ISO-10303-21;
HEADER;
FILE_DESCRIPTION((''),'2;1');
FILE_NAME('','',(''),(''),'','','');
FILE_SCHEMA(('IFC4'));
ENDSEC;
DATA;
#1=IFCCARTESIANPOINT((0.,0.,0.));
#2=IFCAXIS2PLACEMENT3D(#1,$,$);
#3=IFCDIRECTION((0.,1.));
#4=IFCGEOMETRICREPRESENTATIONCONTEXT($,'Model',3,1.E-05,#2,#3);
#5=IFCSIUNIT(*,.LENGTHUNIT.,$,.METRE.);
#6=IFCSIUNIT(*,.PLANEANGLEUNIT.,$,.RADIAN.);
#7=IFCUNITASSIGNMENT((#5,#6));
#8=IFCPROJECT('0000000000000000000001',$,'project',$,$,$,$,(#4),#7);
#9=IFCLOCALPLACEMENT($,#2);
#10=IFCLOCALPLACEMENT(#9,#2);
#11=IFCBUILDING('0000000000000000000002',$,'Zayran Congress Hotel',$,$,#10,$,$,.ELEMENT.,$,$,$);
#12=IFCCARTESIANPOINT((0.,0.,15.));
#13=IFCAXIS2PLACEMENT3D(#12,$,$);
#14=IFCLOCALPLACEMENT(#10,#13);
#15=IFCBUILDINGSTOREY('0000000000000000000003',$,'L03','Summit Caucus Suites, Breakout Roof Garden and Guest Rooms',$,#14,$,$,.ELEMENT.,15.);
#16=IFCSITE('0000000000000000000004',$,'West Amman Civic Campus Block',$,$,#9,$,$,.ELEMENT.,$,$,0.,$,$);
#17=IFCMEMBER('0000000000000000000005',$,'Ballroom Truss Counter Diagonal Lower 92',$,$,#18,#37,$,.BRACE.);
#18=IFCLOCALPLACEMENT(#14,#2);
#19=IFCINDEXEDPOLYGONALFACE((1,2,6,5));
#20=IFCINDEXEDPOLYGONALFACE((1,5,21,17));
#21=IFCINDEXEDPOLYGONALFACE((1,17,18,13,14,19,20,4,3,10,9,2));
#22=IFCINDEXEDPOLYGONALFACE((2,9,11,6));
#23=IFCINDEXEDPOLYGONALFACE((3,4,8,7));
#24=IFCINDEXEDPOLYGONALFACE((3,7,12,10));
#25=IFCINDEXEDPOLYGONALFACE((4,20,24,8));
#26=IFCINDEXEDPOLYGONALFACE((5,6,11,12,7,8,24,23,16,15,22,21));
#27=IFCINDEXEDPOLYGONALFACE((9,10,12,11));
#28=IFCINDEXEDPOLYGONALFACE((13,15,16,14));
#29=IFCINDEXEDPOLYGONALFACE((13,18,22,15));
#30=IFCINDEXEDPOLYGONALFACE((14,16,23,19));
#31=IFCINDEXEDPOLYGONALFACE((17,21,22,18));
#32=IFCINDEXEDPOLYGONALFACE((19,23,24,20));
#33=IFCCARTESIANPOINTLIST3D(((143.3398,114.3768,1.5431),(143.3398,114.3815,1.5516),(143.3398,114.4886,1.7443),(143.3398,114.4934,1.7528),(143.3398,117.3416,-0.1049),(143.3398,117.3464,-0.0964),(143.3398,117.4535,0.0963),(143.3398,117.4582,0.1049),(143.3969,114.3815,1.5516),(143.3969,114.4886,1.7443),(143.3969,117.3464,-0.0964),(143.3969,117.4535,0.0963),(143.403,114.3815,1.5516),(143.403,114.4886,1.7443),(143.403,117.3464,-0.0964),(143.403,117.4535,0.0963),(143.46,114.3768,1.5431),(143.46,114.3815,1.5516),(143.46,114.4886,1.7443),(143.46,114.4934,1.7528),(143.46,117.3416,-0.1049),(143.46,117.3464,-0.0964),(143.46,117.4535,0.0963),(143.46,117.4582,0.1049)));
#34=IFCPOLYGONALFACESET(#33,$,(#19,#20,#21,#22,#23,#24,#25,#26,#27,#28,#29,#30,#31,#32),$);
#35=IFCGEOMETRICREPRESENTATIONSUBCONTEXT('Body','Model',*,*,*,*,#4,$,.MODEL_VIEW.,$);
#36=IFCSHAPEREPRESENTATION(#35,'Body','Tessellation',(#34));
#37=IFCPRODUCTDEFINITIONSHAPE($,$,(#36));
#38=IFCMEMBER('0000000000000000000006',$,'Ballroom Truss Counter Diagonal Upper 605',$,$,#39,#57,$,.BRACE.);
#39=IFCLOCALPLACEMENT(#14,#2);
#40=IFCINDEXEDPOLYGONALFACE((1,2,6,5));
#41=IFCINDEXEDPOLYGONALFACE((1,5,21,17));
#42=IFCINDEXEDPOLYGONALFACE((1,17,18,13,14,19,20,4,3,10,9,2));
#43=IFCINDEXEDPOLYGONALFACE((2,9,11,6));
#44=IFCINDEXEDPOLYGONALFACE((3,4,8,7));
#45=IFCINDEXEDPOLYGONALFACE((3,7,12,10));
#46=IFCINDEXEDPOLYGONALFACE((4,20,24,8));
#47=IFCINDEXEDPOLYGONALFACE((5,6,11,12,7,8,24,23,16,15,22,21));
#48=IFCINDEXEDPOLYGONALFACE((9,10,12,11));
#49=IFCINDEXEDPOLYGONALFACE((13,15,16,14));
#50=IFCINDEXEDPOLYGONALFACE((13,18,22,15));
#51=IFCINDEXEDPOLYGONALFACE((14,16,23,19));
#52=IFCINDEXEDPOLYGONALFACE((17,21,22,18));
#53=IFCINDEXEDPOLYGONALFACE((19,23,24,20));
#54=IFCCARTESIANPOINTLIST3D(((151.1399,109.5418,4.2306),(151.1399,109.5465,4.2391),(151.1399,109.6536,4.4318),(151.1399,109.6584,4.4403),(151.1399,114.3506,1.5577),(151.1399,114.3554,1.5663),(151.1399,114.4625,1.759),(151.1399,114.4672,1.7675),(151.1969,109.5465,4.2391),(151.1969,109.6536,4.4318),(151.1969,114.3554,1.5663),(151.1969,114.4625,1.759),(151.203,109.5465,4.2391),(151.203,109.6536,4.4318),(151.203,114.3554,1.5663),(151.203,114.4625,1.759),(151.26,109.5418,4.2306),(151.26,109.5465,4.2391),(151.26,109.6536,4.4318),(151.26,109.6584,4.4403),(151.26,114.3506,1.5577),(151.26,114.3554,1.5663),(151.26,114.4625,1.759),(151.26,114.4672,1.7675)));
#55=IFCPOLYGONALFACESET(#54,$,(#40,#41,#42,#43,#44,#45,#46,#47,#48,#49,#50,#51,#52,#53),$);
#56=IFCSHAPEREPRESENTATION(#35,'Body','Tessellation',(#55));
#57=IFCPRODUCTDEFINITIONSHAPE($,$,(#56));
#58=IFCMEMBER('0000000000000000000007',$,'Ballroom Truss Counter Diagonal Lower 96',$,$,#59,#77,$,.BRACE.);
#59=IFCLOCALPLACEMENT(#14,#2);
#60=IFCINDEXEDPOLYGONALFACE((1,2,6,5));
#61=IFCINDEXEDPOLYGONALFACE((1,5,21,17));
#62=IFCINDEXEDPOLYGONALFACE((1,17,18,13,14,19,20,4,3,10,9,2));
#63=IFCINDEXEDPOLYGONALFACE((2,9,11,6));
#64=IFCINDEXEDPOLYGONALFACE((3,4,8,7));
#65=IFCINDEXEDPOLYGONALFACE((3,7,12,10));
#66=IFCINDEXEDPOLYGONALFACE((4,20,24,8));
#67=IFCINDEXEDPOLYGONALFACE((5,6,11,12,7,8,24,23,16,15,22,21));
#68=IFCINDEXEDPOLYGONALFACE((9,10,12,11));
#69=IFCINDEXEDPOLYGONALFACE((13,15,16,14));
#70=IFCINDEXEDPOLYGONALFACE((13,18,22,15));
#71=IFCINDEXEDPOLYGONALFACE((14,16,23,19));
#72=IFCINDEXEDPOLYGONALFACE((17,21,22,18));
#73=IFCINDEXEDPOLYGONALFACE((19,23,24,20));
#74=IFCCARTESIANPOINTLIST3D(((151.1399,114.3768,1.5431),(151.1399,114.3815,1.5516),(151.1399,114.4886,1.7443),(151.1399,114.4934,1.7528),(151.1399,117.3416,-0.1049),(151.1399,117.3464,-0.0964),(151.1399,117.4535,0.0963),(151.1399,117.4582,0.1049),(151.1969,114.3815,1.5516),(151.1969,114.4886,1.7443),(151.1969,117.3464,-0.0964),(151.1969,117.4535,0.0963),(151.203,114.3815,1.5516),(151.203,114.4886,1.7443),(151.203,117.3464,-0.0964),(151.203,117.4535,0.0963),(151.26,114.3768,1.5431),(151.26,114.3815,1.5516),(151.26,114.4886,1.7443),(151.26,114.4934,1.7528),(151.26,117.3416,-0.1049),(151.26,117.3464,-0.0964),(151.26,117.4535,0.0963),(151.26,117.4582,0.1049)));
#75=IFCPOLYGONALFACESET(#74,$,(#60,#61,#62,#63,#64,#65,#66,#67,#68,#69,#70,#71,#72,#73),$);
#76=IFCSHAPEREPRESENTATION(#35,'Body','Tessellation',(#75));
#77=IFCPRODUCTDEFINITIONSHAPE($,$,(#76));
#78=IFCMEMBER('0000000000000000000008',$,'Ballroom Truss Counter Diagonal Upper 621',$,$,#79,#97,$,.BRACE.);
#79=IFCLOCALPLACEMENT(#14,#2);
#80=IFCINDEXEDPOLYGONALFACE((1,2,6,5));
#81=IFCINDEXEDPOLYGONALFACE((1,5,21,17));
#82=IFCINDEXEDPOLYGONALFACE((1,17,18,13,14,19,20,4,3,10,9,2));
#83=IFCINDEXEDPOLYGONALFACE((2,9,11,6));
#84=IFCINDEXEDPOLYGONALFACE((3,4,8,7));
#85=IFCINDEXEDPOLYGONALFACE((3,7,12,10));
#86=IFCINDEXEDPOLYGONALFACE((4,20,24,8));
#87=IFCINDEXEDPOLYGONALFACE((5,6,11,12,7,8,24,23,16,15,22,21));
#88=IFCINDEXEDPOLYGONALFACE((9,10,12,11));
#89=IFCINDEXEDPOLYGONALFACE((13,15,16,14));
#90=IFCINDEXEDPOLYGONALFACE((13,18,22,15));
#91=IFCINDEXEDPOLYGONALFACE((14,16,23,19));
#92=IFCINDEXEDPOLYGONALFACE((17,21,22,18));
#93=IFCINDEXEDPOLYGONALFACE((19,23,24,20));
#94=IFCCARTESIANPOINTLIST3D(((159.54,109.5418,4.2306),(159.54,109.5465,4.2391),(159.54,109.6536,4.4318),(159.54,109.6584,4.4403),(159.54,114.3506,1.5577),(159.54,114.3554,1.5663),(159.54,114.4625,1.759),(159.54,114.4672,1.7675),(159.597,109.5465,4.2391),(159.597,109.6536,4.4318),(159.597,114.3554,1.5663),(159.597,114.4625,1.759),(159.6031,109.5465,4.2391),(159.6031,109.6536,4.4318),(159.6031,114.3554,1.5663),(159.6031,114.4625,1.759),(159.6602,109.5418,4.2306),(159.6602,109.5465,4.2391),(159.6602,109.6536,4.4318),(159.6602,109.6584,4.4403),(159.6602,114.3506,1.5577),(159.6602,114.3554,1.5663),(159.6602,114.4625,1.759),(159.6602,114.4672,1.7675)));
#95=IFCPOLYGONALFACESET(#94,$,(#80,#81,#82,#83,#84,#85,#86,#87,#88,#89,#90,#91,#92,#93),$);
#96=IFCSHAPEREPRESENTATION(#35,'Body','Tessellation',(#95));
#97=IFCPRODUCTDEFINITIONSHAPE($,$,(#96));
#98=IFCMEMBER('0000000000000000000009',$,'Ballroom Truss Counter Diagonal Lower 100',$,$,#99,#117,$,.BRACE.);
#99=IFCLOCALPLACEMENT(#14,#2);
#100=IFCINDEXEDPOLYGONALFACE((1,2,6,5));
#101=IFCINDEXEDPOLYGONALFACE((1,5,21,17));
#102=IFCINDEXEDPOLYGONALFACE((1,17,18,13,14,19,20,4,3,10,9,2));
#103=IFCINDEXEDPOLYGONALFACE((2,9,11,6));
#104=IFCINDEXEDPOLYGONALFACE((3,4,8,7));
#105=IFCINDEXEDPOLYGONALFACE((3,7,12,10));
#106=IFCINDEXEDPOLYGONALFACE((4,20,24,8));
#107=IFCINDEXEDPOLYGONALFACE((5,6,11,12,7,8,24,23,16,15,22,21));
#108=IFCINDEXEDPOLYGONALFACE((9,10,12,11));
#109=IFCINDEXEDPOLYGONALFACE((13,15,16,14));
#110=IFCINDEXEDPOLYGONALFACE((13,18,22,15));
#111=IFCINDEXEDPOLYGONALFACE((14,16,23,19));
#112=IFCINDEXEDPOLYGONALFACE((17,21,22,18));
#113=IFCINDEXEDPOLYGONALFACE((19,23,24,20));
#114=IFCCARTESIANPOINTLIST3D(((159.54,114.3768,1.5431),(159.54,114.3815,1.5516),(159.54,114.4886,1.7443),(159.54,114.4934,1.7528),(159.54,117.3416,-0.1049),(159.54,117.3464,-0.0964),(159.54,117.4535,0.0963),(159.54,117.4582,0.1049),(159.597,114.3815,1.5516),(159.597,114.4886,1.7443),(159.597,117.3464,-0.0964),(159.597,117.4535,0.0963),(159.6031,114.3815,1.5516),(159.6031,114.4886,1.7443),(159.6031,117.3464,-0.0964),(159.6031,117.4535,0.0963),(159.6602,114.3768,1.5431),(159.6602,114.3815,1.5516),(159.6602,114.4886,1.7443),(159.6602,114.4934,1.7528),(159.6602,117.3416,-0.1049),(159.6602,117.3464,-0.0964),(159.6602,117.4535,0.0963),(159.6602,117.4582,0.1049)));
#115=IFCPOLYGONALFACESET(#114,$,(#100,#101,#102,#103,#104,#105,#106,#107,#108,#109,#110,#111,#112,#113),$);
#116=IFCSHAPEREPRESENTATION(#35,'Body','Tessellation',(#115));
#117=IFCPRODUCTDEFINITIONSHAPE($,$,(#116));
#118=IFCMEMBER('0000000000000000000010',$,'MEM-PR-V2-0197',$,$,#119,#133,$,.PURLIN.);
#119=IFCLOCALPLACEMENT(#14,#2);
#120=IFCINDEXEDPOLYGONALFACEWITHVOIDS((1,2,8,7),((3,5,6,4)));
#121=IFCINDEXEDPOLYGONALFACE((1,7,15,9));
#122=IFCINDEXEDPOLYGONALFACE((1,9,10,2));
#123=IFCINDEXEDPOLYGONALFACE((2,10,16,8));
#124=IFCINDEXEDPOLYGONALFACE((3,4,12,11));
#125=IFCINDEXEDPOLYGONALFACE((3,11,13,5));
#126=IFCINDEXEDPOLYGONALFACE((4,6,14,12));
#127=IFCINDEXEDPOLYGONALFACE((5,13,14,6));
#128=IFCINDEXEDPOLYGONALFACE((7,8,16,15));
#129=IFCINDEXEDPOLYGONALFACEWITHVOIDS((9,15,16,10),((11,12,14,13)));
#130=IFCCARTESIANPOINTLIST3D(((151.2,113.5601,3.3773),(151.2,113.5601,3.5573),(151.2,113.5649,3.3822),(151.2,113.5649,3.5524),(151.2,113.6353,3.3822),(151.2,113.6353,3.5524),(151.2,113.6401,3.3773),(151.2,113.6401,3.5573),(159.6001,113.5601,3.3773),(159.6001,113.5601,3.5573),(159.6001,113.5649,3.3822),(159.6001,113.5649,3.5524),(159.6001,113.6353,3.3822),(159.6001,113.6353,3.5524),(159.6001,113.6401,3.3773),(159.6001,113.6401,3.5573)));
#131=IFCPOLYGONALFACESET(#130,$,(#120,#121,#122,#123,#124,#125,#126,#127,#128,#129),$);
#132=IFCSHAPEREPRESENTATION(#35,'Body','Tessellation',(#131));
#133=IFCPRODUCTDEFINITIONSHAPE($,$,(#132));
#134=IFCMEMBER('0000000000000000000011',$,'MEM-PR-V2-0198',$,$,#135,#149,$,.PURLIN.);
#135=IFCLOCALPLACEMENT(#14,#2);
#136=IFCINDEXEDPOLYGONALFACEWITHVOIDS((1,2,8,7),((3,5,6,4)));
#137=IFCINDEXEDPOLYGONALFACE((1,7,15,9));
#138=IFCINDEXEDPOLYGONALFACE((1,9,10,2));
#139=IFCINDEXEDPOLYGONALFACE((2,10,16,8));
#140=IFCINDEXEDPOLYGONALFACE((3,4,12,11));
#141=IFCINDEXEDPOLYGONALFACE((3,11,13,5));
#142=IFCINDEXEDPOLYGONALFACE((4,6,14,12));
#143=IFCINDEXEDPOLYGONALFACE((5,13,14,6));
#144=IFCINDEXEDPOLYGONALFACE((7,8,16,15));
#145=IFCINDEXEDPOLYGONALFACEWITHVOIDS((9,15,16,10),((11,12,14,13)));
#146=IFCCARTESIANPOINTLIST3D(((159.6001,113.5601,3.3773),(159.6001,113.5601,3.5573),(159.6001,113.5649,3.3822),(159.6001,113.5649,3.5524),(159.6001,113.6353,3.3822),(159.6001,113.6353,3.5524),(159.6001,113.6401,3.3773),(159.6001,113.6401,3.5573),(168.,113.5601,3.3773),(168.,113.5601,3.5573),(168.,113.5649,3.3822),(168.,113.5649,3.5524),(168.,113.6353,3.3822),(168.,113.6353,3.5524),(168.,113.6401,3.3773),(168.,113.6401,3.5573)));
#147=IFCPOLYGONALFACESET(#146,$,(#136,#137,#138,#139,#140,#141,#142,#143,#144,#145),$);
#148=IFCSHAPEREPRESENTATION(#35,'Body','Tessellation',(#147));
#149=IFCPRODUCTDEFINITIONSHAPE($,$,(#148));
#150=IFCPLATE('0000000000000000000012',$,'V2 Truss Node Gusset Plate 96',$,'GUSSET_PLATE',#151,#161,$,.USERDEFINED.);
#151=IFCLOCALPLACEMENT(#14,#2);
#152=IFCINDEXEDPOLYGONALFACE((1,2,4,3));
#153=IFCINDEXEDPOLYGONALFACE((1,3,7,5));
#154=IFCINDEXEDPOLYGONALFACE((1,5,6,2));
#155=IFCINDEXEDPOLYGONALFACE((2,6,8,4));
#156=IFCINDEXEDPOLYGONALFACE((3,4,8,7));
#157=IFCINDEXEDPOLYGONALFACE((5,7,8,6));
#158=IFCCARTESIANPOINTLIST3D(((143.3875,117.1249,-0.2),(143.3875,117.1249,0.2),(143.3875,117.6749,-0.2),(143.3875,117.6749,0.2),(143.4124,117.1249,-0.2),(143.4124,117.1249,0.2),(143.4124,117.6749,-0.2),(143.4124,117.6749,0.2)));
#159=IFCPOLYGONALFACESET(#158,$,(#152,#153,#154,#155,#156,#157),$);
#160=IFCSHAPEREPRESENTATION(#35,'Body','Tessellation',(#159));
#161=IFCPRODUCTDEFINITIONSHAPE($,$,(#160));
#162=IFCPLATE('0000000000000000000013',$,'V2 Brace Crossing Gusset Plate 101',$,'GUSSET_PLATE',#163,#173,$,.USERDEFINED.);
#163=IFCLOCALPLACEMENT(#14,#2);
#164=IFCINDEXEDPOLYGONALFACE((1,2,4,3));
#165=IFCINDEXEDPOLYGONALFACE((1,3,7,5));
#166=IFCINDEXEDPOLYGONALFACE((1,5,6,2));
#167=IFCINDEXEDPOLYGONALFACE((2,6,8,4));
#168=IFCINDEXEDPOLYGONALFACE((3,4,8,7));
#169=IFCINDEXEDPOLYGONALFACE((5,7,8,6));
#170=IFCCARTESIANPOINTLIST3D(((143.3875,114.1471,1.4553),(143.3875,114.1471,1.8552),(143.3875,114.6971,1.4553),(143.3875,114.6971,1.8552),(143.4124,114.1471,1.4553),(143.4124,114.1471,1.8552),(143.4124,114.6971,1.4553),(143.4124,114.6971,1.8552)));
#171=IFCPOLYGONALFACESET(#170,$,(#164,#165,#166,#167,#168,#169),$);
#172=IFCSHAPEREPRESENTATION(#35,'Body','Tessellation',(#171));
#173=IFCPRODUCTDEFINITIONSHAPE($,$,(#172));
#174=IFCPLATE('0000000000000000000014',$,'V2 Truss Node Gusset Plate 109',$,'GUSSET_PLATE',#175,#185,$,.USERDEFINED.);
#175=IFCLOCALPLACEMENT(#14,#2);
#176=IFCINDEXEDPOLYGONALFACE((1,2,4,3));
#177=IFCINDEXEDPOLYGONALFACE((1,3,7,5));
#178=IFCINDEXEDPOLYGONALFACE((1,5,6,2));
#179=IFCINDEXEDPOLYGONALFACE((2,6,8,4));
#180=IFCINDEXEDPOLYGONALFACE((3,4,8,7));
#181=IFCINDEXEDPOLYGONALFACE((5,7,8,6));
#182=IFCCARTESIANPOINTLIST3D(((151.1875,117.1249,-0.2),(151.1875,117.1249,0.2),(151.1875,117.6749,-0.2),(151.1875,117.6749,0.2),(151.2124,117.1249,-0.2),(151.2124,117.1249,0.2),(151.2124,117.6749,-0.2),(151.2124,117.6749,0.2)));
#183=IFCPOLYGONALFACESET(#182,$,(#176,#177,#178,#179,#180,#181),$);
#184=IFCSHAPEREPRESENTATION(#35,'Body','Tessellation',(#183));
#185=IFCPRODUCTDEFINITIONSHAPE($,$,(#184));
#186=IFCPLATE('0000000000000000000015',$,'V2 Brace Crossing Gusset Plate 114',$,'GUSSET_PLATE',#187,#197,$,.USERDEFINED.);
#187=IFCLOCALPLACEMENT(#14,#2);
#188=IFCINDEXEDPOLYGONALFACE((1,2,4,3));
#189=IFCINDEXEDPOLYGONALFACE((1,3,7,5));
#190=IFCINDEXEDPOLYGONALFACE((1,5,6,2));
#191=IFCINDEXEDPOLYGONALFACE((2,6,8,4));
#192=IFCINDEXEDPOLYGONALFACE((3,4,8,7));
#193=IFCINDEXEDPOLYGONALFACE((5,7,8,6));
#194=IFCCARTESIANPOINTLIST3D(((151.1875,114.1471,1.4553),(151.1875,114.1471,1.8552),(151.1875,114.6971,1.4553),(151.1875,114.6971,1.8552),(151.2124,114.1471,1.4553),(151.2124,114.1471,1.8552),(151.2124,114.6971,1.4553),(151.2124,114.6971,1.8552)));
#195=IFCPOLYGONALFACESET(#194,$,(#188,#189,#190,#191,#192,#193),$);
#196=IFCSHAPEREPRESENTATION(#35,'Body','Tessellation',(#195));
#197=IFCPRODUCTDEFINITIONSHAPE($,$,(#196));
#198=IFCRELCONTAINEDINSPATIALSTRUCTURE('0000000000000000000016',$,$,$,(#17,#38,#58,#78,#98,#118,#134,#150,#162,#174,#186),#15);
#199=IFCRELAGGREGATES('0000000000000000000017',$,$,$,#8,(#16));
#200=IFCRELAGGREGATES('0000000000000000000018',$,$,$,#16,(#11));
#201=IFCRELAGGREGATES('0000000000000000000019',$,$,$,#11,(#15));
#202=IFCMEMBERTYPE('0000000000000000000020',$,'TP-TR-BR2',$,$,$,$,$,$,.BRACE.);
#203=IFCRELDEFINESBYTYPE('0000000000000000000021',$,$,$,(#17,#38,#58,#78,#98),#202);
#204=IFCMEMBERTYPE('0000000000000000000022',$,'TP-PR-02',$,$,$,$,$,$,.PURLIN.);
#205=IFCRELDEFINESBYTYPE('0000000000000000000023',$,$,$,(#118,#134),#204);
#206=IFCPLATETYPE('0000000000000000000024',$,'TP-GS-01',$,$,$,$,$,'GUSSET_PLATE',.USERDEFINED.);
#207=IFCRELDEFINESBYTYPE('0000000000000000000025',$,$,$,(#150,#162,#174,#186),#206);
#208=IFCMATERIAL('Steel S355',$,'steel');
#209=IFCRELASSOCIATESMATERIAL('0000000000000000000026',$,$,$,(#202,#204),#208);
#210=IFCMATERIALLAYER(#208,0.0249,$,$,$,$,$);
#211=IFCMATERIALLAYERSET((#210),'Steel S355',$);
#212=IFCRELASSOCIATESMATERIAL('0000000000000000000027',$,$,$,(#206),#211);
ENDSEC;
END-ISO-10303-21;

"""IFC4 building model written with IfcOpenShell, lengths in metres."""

from ifc_helpers import new_model, si_unit, direction, frame, origin, origin_2d, place, context, subcontext, project, spatial, rectangle, hollow_rectangle, i_section, extrude, material, layer, layer_set, material_profile, profile_set, type_object, element, save


model = new_model("IFC4")

# Units and contexts
model_context = context("Model", 3, precision=1e-05, world=origin(), true_north=direction((0.0, 1.0)))
body_context = subcontext(model_context, "Body", "Model", "MODEL_VIEW")
ifc_project = project(units=[si_unit("LENGTHUNIT", "METRE"), si_unit("PLANEANGLEUNIT", "RADIAN")], contexts=[model_context])

# Site, building, storey
site_placement = place(None, origin())
site = spatial("IfcSite", under=ifc_project, at=site_placement, Name="West Amman Civic Campus Block", CompositionType="ELEMENT", RefElevation=0.0)
building_placement = place(site_placement, origin())
building = spatial("IfcBuilding", under=site, at=building_placement, Name="Zayran Congress Hotel", CompositionType="ELEMENT")
storey_placement = place(building_placement, frame((0.0, 0.0, 15.0)))
storey = spatial("IfcBuildingStorey", under=building, at=storey_placement, Name="L03", Description="Summit Caucus Suites, Breakout Roof Garden and Guest Rooms", CompositionType="ELEMENT", Elevation=15.0)

# Shared definitions
ifc_material_1 = material(Name="Steel S355", Category="steel")

# Members
ifc_material_profile_1 = material_profile(ifc_material_1, i_section(OverallWidth=0.1201, OverallDepth=0.24, WebThickness=0.0061, FlangeThickness=0.0098, at=origin_2d()), Name="IPE 240")
ifc_profile_set_1 = profile_set([ifc_material_profile_1], Name="Steel S355")
member_type_1 = type_object("IfcMemberType", Name="TP-TR-BR2", PredefinedType="BRACE", material=ifc_profile_set_1)
member_1_placement = place(storey_placement, frame((143.3999, 114.4351, 1.6479), z_axis=(0.0, 0.874055, -0.485826), x_axis=(-1.0, 0.0, 0.0)))
element("IfcMember", 1, at=member_1_placement, inside=storey, type_object=member_type_1, Name="Ballroom Truss Counter Diagonal Lower 92", PredefinedType="BRACE", context=body_context, shape_type="SweptSolid", body=[
    extrude(i_section(OverallWidth=0.1201, OverallDepth=0.24, WebThickness=0.0061, FlangeThickness=0.0098, at=origin_2d()), origin(), (0.0, 0.0, 1.0), 3.3921),
])
member_2_placement = place(storey_placement, frame((151.2, 109.6001, 4.3354), z_axis=(0.0, 0.874059, -0.48582), x_axis=(-1.0, 0.0, 0.0)))
element("IfcMember", 2, at=member_2_placement, inside=storey, type_object=member_type_1, Name="Ballroom Truss Counter Diagonal Upper 605", PredefinedType="BRACE", context=body_context, shape_type="SweptSolid", body=[
    extrude(i_section(OverallWidth=0.1201, OverallDepth=0.24, WebThickness=0.0061, FlangeThickness=0.0098, at=origin_2d()), origin(), (0.0, 0.0, 1.0), 5.5017),
])
member_3_placement = place(storey_placement, frame((151.2, 114.4351, 1.6479), z_axis=(0.0, 0.874055, -0.485826), x_axis=(-1.0, 0.0, 0.0)))
element("IfcMember", 3, at=member_3_placement, inside=storey, type_object=member_type_1, Name="Ballroom Truss Counter Diagonal Lower 96", PredefinedType="BRACE", context=body_context, shape_type="SweptSolid", body=[
    extrude(i_section(OverallWidth=0.1201, OverallDepth=0.24, WebThickness=0.0061, FlangeThickness=0.0098, at=origin_2d()), origin(), (0.0, 0.0, 1.0), 3.3921),
])
member_4_placement = place(storey_placement, frame((159.6001, 109.6001, 4.3354), z_axis=(0.0, 0.874059, -0.48582), x_axis=(-1.0, 0.0, 0.0)))
element("IfcMember", 4, at=member_4_placement, inside=storey, type_object=member_type_1, Name="Ballroom Truss Counter Diagonal Upper 621", PredefinedType="BRACE", context=body_context, shape_type="SweptSolid", body=[
    extrude(i_section(OverallWidth=0.1201, OverallDepth=0.24, WebThickness=0.0061, FlangeThickness=0.0098, at=origin_2d()), origin(), (0.0, 0.0, 1.0), 5.5017),
])
member_5_placement = place(storey_placement, frame((159.6001, 114.4351, 1.6479), z_axis=(0.0, 0.874055, -0.485826), x_axis=(-1.0, 0.0, 0.0)))
element("IfcMember", 5, at=member_5_placement, inside=storey, type_object=member_type_1, Name="Ballroom Truss Counter Diagonal Lower 100", PredefinedType="BRACE", context=body_context, shape_type="SweptSolid", body=[
    extrude(i_section(OverallWidth=0.1201, OverallDepth=0.24, WebThickness=0.0061, FlangeThickness=0.0098, at=origin_2d()), origin(), (0.0, 0.0, 1.0), 3.3921),
])
ifc_material_profile_2 = material_profile(ifc_material_1, hollow_rectangle(XDim=0.0801, YDim=0.1799, WallThickness=0.0049, at=origin_2d()), Name="RHS 180x80x5")
ifc_profile_set_2 = profile_set([ifc_material_profile_2], Name="Steel S355")
member_type_2 = type_object("IfcMemberType", Name="TP-PR-02", PredefinedType="PURLIN", material=ifc_profile_set_2)
member_6_placement = place(storey_placement, frame((151.2, 113.6001, 3.4673), z_axis=(1.0, 0.0, 0.0), x_axis=(0.0, 1.0, 0.0)))
element("IfcMember", 6, at=member_6_placement, inside=storey, type_object=member_type_2, Name="MEM-PR-V2-0197", PredefinedType="PURLIN", context=body_context, shape_type="SweptSolid", body=[
    extrude(hollow_rectangle(XDim=0.0801, YDim=0.1799, WallThickness=0.0049, at=origin_2d()), origin(), (0.0, 0.0, 1.0), 8.4001),
])
member_7_placement = place(storey_placement, frame((159.6001, 113.6001, 3.4673), z_axis=(1.0, 0.0, 0.0), x_axis=(0.0, 1.0, 0.0)))
element("IfcMember", 7, at=member_7_placement, inside=storey, type_object=member_type_2, Name="MEM-PR-V2-0198", PredefinedType="PURLIN", context=body_context, shape_type="SweptSolid", body=[
    extrude(hollow_rectangle(XDim=0.0801, YDim=0.1799, WallThickness=0.0049, at=origin_2d()), origin(), (0.0, 0.0, 1.0), 8.3999),
])

# Plates
ifc_layer_1 = layer(ifc_material_1, 0.0249)
ifc_layer_set_1 = layer_set([ifc_layer_1], Name="Steel S355")
plate_type_1 = type_object("IfcPlateType", Name="TP-GS-01", ElementType="GUSSET_PLATE", PredefinedType="USERDEFINED", material=ifc_layer_set_1)
for number, where, z_axis, x_axis, name in (
    (8, (143.3999, 117.3999, -0.2), (0.0, 0.0, 1.0), (0.0, 1.0, 0.0), "V2 Truss Node Gusset Plate 96"),
    (9, (143.3999, 114.4221, 1.4553), (0.0, 0.0, 1.0), (0.0, 1.0, 0.0), "V2 Brace Crossing Gusset Plate 101"),
    (10, (151.2, 117.3999, -0.2), (0.0, 0.0, 1.0), (0.0, 1.0, 0.0), "V2 Truss Node Gusset Plate 109"),
    (11, (151.2, 114.4221, 1.4553), (0.0, 0.0, 1.0), (0.0, 1.0, 0.0), "V2 Brace Crossing Gusset Plate 114"),
):
    element("IfcPlate", number, at=place(storey_placement, frame(where, z_axis=z_axis, x_axis=x_axis)), inside=storey, type_object=plate_type_1, Name=name, ObjectType="GUSSET_PLATE", PredefinedType="USERDEFINED", context=body_context, shape_type="SweptSolid", body=[
        extrude(rectangle(XDim=0.55, YDim=0.0249, at=origin_2d()), origin(), (0.0, 0.0, 1.0), 0.3999),
    ])

save(model, "model.ifc")
